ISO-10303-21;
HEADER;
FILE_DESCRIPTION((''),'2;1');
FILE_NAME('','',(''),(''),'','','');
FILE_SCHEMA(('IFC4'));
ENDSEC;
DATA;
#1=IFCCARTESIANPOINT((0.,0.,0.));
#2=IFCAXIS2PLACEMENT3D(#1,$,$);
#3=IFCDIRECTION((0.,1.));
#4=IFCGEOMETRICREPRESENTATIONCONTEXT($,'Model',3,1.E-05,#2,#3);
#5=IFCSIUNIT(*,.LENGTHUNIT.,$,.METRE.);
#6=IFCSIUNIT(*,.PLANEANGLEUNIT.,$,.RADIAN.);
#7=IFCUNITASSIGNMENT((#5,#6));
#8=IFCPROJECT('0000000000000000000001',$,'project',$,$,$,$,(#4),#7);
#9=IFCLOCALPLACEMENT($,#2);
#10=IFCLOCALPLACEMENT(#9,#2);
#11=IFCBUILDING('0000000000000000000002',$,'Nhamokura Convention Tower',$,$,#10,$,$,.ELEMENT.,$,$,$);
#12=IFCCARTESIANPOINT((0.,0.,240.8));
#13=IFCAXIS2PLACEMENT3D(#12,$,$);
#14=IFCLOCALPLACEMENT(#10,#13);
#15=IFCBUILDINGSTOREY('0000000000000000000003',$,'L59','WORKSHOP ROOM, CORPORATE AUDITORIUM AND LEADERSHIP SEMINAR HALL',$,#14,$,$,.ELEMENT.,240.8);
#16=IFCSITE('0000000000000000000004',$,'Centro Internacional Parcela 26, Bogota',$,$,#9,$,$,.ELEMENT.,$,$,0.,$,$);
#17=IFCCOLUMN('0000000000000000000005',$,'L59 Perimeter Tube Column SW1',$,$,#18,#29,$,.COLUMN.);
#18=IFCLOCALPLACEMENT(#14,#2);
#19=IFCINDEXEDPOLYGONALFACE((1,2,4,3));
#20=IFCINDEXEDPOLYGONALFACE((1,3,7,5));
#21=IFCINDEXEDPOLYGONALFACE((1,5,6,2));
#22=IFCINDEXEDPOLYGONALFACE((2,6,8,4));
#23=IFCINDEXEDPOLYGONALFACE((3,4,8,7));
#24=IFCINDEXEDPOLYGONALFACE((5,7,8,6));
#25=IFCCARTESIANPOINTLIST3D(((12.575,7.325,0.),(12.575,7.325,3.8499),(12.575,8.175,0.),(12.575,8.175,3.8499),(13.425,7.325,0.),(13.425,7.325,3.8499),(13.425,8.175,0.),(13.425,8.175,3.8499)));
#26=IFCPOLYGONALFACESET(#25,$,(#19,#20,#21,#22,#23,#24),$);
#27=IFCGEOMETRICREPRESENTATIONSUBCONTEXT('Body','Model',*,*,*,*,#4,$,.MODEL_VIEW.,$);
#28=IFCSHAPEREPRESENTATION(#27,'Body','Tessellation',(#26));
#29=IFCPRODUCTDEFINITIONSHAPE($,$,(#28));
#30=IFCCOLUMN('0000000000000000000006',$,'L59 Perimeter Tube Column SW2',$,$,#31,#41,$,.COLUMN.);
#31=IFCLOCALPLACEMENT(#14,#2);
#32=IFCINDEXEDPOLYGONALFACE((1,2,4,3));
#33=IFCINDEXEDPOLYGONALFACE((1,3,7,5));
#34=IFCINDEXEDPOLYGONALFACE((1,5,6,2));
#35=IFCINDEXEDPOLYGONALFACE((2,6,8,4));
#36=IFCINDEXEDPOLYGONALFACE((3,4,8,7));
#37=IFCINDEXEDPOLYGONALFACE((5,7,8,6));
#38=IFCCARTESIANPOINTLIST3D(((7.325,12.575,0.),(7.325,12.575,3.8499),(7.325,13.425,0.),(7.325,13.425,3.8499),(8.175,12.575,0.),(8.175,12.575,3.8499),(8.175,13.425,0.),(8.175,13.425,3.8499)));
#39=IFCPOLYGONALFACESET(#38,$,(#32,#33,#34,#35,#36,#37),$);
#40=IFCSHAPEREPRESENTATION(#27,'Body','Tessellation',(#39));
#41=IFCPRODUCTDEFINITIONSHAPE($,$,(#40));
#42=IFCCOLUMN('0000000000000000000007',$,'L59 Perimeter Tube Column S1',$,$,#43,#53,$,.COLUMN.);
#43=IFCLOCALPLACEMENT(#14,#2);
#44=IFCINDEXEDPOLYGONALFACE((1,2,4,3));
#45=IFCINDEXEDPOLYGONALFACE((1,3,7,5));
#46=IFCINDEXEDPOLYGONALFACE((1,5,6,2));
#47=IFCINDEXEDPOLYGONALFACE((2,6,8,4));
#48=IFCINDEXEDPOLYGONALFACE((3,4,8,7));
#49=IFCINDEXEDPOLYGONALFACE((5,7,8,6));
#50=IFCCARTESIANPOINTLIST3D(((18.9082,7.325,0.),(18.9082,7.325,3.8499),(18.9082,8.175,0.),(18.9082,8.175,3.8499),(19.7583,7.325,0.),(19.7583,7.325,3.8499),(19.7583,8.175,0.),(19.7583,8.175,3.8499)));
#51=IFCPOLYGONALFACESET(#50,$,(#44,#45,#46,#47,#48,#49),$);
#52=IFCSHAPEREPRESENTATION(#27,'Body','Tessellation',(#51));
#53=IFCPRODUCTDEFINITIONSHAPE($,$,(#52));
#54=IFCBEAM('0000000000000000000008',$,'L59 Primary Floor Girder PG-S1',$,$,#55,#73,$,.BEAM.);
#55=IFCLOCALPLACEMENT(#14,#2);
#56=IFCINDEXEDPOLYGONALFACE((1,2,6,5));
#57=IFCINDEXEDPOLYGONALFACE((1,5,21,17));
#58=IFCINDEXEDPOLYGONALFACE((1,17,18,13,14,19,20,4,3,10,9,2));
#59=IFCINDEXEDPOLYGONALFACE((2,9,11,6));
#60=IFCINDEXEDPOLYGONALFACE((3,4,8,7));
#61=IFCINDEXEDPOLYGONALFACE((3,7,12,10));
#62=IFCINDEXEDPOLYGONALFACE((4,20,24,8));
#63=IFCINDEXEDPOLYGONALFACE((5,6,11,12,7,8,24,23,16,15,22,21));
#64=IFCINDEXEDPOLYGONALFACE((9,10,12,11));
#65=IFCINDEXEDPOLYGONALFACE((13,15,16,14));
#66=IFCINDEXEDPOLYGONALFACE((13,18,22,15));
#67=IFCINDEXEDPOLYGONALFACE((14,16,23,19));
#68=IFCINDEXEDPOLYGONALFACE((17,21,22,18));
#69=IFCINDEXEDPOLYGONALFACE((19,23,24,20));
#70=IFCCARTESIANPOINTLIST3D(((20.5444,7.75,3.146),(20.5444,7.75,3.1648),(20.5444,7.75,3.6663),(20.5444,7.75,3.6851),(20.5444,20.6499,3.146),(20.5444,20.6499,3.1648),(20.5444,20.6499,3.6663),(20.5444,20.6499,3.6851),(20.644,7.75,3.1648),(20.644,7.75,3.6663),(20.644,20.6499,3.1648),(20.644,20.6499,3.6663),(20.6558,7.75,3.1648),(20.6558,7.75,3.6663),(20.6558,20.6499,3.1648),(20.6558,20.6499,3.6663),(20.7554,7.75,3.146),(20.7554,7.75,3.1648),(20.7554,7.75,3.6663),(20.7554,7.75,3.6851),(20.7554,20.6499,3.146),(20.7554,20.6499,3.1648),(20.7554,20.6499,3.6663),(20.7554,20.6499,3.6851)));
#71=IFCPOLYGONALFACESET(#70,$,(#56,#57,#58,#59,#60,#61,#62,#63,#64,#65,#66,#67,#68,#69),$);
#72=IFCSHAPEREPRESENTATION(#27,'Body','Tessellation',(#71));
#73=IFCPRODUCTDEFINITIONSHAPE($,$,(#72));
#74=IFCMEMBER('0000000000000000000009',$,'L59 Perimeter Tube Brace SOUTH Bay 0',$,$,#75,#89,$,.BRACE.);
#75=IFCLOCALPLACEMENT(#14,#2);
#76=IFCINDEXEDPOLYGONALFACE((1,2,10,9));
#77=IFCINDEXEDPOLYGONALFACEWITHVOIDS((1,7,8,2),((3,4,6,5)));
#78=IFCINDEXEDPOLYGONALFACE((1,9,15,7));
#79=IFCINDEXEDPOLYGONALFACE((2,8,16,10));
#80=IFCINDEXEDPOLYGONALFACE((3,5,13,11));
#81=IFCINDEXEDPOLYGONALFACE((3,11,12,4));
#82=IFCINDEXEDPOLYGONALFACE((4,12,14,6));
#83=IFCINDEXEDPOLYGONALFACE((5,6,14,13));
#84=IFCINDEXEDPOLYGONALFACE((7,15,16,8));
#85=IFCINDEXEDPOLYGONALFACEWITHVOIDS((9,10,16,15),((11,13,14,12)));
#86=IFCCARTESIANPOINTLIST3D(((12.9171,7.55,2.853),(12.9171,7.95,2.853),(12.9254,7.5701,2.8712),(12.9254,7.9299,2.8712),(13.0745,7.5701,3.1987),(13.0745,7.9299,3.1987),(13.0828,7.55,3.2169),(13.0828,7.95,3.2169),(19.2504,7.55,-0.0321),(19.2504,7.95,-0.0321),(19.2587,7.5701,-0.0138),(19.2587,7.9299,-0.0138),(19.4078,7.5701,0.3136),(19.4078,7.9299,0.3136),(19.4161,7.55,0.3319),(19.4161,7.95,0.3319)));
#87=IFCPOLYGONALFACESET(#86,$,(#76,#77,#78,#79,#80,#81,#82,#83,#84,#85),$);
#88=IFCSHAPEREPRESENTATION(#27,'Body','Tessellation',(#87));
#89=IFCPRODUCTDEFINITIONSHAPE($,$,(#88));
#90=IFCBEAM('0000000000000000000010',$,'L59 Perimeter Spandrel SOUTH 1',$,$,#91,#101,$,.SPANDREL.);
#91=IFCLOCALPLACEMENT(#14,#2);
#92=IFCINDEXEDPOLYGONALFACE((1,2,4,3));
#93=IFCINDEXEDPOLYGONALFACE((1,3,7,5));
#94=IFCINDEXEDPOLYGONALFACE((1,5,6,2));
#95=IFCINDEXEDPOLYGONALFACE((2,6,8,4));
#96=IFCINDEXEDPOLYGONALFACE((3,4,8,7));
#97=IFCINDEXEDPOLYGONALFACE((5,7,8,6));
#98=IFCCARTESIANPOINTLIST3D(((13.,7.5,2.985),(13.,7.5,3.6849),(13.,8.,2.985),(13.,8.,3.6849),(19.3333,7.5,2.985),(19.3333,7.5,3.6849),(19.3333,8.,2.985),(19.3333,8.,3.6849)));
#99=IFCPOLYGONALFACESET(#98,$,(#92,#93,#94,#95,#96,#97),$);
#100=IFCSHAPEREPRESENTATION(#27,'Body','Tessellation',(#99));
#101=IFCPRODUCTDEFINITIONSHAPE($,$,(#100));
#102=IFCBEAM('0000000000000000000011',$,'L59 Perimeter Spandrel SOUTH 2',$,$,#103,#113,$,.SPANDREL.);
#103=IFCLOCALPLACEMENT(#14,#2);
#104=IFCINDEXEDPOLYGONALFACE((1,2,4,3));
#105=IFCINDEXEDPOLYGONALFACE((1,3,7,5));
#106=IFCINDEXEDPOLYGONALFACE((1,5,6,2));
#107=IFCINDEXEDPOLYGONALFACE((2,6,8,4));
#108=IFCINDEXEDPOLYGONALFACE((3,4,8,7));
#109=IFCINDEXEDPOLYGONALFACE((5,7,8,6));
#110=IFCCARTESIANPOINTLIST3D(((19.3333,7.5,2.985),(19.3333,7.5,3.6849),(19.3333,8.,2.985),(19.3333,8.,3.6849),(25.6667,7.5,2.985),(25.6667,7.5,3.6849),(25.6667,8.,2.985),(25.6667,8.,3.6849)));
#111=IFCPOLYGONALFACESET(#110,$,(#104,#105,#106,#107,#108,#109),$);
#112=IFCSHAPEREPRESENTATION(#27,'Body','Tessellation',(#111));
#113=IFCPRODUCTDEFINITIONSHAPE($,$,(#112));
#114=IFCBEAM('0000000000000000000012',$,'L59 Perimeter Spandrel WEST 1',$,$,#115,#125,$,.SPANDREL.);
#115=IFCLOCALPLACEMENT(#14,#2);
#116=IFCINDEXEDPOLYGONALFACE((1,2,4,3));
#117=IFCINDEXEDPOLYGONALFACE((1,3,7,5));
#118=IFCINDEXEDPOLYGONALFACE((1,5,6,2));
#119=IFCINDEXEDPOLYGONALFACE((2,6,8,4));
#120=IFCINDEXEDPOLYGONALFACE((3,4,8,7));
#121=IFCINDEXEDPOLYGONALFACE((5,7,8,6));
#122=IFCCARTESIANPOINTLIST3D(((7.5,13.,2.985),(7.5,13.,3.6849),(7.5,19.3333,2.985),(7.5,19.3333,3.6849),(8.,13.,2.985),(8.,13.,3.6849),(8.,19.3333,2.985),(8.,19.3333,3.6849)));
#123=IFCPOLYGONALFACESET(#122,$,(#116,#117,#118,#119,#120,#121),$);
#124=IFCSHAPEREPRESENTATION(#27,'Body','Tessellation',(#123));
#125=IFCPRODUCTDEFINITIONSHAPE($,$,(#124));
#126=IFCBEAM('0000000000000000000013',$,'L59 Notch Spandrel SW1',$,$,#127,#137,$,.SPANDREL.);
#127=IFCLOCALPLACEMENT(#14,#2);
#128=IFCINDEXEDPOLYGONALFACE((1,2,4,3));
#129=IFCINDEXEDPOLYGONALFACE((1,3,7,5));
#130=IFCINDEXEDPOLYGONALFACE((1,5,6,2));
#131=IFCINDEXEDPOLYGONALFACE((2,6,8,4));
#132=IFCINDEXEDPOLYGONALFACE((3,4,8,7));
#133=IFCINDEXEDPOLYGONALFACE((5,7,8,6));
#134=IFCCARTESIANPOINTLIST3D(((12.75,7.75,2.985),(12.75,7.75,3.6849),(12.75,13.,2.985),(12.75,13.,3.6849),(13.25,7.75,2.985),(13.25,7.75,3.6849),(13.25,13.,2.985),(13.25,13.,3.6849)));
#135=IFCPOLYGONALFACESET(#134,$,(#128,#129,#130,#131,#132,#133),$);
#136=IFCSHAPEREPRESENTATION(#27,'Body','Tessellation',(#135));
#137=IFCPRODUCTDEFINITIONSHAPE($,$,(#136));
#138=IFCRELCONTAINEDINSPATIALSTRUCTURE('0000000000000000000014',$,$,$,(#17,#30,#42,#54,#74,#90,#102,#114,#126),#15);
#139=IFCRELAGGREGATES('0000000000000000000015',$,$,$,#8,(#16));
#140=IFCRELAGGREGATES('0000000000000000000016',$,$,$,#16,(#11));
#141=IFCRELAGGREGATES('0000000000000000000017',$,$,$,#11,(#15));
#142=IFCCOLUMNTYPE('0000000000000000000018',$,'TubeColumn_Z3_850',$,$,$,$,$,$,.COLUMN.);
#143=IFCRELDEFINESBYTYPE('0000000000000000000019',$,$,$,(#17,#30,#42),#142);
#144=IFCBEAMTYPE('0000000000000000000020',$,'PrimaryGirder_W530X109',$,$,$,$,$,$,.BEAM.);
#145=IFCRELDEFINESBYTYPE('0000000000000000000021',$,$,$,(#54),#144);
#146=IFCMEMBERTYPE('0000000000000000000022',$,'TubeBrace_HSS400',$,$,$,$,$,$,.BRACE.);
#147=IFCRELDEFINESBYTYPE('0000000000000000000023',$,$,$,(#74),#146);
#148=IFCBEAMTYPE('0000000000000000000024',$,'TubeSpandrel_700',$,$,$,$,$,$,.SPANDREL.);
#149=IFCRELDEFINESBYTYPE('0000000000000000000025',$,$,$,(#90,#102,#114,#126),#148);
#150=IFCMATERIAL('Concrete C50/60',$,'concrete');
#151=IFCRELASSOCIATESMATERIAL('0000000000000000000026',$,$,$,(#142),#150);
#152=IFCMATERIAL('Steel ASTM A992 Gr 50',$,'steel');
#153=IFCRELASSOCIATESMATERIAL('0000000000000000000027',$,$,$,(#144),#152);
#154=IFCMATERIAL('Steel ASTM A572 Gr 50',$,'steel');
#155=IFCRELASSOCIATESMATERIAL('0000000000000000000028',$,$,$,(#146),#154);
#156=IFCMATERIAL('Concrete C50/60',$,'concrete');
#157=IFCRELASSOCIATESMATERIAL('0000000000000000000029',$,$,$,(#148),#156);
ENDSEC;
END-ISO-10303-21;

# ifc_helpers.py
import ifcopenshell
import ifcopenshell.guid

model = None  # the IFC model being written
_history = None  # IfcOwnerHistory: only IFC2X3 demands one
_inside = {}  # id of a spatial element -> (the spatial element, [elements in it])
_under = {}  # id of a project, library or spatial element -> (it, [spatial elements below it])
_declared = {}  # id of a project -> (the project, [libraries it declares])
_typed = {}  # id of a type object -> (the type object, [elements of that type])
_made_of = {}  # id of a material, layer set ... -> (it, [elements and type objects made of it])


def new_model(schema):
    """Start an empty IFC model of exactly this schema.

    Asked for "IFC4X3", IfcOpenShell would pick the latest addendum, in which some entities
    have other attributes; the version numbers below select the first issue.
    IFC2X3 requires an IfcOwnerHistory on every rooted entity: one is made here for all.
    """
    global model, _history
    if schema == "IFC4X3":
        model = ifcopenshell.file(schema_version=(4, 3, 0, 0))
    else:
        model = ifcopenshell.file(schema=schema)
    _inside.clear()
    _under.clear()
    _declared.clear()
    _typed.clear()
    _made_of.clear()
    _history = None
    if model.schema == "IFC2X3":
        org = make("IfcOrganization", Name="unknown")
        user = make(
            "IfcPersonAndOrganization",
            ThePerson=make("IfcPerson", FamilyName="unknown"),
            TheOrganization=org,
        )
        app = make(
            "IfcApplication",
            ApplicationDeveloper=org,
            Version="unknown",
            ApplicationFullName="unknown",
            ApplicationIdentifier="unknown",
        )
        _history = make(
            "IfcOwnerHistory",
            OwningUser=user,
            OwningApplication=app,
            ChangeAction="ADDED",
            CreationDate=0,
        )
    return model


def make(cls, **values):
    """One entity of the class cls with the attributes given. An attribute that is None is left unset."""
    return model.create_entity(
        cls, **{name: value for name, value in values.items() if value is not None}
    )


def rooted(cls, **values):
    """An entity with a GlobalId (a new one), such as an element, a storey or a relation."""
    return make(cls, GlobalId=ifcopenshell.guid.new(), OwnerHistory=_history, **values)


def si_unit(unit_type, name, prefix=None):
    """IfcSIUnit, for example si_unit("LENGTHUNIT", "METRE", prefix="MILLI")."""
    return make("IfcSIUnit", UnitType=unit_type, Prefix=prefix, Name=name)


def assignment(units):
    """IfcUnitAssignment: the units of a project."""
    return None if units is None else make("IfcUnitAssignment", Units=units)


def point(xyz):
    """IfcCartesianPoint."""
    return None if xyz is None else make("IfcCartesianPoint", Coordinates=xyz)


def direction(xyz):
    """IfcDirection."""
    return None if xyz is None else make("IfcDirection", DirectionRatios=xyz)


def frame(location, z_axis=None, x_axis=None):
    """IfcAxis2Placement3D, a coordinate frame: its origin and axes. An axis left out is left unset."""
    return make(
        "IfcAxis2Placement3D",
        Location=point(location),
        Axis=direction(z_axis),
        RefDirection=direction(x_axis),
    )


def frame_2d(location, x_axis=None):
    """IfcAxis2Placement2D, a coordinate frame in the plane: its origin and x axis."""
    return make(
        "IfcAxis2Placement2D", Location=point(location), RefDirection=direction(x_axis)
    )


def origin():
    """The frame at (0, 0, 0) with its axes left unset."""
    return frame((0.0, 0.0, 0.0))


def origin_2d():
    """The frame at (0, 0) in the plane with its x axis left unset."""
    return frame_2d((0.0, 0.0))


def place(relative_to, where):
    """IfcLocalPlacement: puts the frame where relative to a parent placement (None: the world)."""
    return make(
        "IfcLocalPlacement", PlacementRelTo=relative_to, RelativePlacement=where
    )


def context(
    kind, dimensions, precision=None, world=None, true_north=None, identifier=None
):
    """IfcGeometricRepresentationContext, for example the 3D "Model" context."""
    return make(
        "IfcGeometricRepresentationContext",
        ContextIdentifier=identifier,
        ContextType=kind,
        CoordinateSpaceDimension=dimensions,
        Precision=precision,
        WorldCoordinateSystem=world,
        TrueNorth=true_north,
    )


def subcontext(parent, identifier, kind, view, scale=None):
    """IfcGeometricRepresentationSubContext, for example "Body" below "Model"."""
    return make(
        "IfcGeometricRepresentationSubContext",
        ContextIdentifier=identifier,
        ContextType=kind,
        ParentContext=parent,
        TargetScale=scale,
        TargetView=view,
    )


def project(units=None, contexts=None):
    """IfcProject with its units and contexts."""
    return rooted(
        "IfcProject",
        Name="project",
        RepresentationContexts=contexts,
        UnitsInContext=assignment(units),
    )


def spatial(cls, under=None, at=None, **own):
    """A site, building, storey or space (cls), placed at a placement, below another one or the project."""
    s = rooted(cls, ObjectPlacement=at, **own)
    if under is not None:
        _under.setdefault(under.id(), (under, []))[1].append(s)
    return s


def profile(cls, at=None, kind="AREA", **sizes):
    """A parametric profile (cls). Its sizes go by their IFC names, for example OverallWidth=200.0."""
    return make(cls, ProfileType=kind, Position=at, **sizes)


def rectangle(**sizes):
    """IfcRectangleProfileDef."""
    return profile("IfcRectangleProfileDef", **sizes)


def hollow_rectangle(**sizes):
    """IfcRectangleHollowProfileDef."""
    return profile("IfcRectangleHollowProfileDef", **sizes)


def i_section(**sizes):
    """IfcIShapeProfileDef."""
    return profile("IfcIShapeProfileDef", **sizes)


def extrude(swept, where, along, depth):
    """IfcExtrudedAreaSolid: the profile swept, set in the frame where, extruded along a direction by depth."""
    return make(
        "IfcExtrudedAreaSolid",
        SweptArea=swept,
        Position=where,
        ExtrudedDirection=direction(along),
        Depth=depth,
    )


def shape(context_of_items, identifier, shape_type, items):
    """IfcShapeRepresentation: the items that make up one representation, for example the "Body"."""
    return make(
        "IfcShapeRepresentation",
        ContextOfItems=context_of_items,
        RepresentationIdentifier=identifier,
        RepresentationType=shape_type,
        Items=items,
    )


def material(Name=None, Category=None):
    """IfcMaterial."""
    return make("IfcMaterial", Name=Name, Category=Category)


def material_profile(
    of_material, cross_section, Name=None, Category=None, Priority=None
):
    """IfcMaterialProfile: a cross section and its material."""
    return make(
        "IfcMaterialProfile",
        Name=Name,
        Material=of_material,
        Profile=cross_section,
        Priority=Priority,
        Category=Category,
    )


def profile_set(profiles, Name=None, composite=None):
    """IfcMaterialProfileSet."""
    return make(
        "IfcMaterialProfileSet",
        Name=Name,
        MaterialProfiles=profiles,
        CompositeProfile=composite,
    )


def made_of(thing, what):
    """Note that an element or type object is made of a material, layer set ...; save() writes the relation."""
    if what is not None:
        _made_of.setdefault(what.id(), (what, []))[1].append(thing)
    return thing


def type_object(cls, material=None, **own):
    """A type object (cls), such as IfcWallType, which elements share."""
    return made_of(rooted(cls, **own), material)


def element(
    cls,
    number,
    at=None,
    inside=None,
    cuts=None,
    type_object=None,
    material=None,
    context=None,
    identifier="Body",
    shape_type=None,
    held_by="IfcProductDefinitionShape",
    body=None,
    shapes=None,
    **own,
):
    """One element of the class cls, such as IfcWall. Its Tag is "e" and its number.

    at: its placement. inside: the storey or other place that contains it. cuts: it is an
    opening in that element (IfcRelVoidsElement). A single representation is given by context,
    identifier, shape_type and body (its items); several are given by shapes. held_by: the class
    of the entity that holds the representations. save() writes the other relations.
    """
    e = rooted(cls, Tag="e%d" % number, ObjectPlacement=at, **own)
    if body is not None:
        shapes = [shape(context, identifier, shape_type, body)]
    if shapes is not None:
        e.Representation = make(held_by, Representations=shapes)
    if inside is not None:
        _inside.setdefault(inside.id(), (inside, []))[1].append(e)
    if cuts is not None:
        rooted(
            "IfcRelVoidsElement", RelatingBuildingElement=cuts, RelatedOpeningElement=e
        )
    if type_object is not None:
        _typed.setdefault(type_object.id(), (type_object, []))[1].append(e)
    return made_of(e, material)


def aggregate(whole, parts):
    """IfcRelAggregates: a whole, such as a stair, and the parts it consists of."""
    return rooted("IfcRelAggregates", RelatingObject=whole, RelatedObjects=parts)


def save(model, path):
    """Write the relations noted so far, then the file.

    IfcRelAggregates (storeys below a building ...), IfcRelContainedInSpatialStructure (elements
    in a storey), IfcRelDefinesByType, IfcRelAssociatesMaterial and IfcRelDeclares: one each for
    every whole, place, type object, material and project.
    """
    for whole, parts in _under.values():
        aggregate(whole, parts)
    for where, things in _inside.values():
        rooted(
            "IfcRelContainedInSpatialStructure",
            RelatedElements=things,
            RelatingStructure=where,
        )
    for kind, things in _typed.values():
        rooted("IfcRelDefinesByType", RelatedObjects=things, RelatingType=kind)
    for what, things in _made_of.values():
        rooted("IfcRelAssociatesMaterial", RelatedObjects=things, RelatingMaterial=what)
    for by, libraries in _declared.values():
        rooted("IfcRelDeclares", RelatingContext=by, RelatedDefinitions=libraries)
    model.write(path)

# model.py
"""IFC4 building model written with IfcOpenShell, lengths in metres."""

from ifc_helpers import new_model, si_unit, direction, frame, origin, origin_2d, place, context, subcontext, project, spatial, rectangle, hollow_rectangle, i_section, extrude, material, material_profile, profile_set, type_object, element, save


model = new_model("IFC4")

# Units and contexts
model_context = context("Model", 3, precision=1e-05, world=origin(), true_north=direction((0.0, 1.0)))
body_context = subcontext(model_context, "Body", "Model", "MODEL_VIEW")
ifc_project = project(units=[si_unit("LENGTHUNIT", "METRE"), si_unit("PLANEANGLEUNIT", "RADIAN")], contexts=[model_context])

# Site, building, storey
site_placement = place(None, origin())
site = spatial("IfcSite", under=ifc_project, at=site_placement, Name="Centro Internacional Parcela 26, Bogota", CompositionType="ELEMENT", RefElevation=0.0)
building_placement = place(site_placement, origin())
building = spatial("IfcBuilding", under=site, at=building_placement, Name="Nhamokura Convention Tower", CompositionType="ELEMENT")
storey_placement = place(building_placement, frame((0.0, 0.0, 240.8)))
storey = spatial("IfcBuildingStorey", under=building, at=storey_placement, Name="L59", Description="WORKSHOP ROOM, CORPORATE AUDITORIUM AND LEADERSHIP SEMINAR HALL", CompositionType="ELEMENT", Elevation=240.8)

# Columns
ifc_material_1 = material(Name="Concrete C50/60", Category="concrete")
ifc_material_profile_1 = material_profile(ifc_material_1, rectangle(XDim=0.8501, YDim=0.8501, at=origin_2d()))
ifc_profile_set_1 = profile_set([ifc_material_profile_1], Name="Concrete C50/60")
column_type = type_object("IfcColumnType", Name="TubeColumn_Z3_850", PredefinedType="COLUMN", material=ifc_profile_set_1)
for number, where, z_axis, x_axis, name in (
    (1, (13.0, 7.75, 0.0), (0.0, 0.0, 1.0), (1.0, 0.0, 0.0), "L59 Perimeter Tube Column SW1"),
    (2, (7.75, 13.0, 0.0), (0.0, 0.0, 1.0), (1.0, 0.0, 0.0), "L59 Perimeter Tube Column SW2"),
    (3, (19.3333, 7.75, 0.0), (0.0, 0.0, 1.0), (1.0, 0.0, 0.0), "L59 Perimeter Tube Column S1"),
):
    element("IfcColumn", number, at=place(storey_placement, frame(where, z_axis=z_axis, x_axis=x_axis)), inside=storey, type_object=column_type, Name=name, PredefinedType="COLUMN", context=body_context, shape_type="SweptSolid", body=[
        extrude(rectangle(XDim=0.8501, YDim=0.8501, at=origin_2d()), origin(), (0.0, 0.0, 1.0), 3.8499),
    ])

# Beam
ifc_material_2 = material(Name="Steel ASTM A992 Gr 50", Category="steel")
ifc_material_profile_2 = material_profile(ifc_material_2, i_section(OverallWidth=0.2109, OverallDepth=0.5391, WebThickness=0.0117, FlangeThickness=0.0188, at=origin_2d()))
ifc_profile_set_2 = profile_set([ifc_material_profile_2], Name="Steel ASTM A992 Gr 50")
beam_type_1 = type_object("IfcBeamType", Name="PrimaryGirder_W530X109", PredefinedType="BEAM", material=ifc_profile_set_2)
beam_1_placement = place(storey_placement, frame((20.6499, 7.75, 3.4155), z_axis=(0.0, 1.0, 0.0), x_axis=(-1.0, 0.0, 0.0)))
element("IfcBeam", 4, at=beam_1_placement, inside=storey, type_object=beam_type_1, Name="L59 Primary Floor Girder PG-S1", PredefinedType="BEAM", context=body_context, shape_type="SweptSolid", body=[
    extrude(i_section(OverallWidth=0.2109, OverallDepth=0.5391, WebThickness=0.0117, FlangeThickness=0.0188, at=origin_2d()), origin(), (0.0, 0.0, 1.0), 12.8999),
])

# Member
ifc_material_3 = material(Name="Steel ASTM A572 Gr 50", Category="steel")
ifc_material_profile_3 = material_profile(ifc_material_3, hollow_rectangle(XDim=0.3999, YDim=0.3999, WallThickness=0.02, at=origin_2d()))
ifc_profile_set_3 = profile_set([ifc_material_profile_3], Name="Steel ASTM A572 Gr 50")
member_type = type_object("IfcMemberType", Name="TubeBrace_HSS400", PredefinedType="BRACE", material=ifc_profile_set_3)
member_placement = place(storey_placement, frame((19.3333, 7.75, 0.1499), z_axis=(-0.910027, 0.0, 0.414548), x_axis=(0.0, -1.0, 0.0)))
element("IfcMember", 5, at=member_placement, inside=storey, type_object=member_type, Name="L59 Perimeter Tube Brace SOUTH Bay 0", PredefinedType="BRACE", context=body_context, shape_type="SweptSolid", body=[
    extrude(hollow_rectangle(XDim=0.3999, YDim=0.3999, WallThickness=0.02, at=origin_2d()), origin(), (0.0, 0.0, 1.0), 6.9595),
])

# Beams
ifc_material_4 = material(Name="Concrete C50/60", Category="concrete")
ifc_material_profile_4 = material_profile(ifc_material_4, rectangle(XDim=0.5, YDim=0.7, at=origin_2d()))
ifc_profile_set_4 = profile_set([ifc_material_profile_4], Name="Concrete C50/60")
beam_type_2 = type_object("IfcBeamType", Name="TubeSpandrel_700", PredefinedType="SPANDREL", material=ifc_profile_set_4)
beam_2_placement = place(storey_placement, frame((13.0, 7.75, 3.335), z_axis=(1.0, 0.0, 0.0), x_axis=(0.0, 1.0, 0.0)))
element("IfcBeam", 6, at=beam_2_placement, inside=storey, type_object=beam_type_2, Name="L59 Perimeter Spandrel SOUTH 1", PredefinedType="SPANDREL", context=body_context, shape_type="SweptSolid", body=[
    extrude(rectangle(XDim=0.5, YDim=0.7, at=origin_2d()), origin(), (0.0, 0.0, 1.0), 6.3333),
])
beam_3_placement = place(storey_placement, frame((19.3333, 7.75, 3.335), z_axis=(1.0, 0.0, 0.0), x_axis=(0.0, 1.0, 0.0)))
element("IfcBeam", 7, at=beam_3_placement, inside=storey, type_object=beam_type_2, Name="L59 Perimeter Spandrel SOUTH 2", PredefinedType="SPANDREL", context=body_context, shape_type="SweptSolid", body=[
    extrude(rectangle(XDim=0.5, YDim=0.7, at=origin_2d()), origin(), (0.0, 0.0, 1.0), 6.3335),
])
beam_4_placement = place(storey_placement, frame((7.75, 13.0, 3.335), z_axis=(0.0, 1.0, 0.0), x_axis=(-1.0, 0.0, 0.0)))
element("IfcBeam", 8, at=beam_4_placement, inside=storey, type_object=beam_type_2, Name="L59 Perimeter Spandrel WEST 1", PredefinedType="SPANDREL", context=body_context, shape_type="SweptSolid", body=[
    extrude(rectangle(XDim=0.5, YDim=0.7, at=origin_2d()), origin(), (0.0, 0.0, 1.0), 6.3333),
])
beam_5_placement = place(storey_placement, frame((13.0, 7.75, 3.335), z_axis=(0.0, 1.0, 0.0), x_axis=(-1.0, 0.0, 0.0)))
element("IfcBeam", 9, at=beam_5_placement, inside=storey, type_object=beam_type_2, Name="L59 Notch Spandrel SW1", PredefinedType="SPANDREL", context=body_context, shape_type="SweptSolid", body=[
    extrude(rectangle(XDim=0.5, YDim=0.7, at=origin_2d()), origin(), (0.0, 0.0, 1.0), 5.25),
])

save(model, "model.ifc")
